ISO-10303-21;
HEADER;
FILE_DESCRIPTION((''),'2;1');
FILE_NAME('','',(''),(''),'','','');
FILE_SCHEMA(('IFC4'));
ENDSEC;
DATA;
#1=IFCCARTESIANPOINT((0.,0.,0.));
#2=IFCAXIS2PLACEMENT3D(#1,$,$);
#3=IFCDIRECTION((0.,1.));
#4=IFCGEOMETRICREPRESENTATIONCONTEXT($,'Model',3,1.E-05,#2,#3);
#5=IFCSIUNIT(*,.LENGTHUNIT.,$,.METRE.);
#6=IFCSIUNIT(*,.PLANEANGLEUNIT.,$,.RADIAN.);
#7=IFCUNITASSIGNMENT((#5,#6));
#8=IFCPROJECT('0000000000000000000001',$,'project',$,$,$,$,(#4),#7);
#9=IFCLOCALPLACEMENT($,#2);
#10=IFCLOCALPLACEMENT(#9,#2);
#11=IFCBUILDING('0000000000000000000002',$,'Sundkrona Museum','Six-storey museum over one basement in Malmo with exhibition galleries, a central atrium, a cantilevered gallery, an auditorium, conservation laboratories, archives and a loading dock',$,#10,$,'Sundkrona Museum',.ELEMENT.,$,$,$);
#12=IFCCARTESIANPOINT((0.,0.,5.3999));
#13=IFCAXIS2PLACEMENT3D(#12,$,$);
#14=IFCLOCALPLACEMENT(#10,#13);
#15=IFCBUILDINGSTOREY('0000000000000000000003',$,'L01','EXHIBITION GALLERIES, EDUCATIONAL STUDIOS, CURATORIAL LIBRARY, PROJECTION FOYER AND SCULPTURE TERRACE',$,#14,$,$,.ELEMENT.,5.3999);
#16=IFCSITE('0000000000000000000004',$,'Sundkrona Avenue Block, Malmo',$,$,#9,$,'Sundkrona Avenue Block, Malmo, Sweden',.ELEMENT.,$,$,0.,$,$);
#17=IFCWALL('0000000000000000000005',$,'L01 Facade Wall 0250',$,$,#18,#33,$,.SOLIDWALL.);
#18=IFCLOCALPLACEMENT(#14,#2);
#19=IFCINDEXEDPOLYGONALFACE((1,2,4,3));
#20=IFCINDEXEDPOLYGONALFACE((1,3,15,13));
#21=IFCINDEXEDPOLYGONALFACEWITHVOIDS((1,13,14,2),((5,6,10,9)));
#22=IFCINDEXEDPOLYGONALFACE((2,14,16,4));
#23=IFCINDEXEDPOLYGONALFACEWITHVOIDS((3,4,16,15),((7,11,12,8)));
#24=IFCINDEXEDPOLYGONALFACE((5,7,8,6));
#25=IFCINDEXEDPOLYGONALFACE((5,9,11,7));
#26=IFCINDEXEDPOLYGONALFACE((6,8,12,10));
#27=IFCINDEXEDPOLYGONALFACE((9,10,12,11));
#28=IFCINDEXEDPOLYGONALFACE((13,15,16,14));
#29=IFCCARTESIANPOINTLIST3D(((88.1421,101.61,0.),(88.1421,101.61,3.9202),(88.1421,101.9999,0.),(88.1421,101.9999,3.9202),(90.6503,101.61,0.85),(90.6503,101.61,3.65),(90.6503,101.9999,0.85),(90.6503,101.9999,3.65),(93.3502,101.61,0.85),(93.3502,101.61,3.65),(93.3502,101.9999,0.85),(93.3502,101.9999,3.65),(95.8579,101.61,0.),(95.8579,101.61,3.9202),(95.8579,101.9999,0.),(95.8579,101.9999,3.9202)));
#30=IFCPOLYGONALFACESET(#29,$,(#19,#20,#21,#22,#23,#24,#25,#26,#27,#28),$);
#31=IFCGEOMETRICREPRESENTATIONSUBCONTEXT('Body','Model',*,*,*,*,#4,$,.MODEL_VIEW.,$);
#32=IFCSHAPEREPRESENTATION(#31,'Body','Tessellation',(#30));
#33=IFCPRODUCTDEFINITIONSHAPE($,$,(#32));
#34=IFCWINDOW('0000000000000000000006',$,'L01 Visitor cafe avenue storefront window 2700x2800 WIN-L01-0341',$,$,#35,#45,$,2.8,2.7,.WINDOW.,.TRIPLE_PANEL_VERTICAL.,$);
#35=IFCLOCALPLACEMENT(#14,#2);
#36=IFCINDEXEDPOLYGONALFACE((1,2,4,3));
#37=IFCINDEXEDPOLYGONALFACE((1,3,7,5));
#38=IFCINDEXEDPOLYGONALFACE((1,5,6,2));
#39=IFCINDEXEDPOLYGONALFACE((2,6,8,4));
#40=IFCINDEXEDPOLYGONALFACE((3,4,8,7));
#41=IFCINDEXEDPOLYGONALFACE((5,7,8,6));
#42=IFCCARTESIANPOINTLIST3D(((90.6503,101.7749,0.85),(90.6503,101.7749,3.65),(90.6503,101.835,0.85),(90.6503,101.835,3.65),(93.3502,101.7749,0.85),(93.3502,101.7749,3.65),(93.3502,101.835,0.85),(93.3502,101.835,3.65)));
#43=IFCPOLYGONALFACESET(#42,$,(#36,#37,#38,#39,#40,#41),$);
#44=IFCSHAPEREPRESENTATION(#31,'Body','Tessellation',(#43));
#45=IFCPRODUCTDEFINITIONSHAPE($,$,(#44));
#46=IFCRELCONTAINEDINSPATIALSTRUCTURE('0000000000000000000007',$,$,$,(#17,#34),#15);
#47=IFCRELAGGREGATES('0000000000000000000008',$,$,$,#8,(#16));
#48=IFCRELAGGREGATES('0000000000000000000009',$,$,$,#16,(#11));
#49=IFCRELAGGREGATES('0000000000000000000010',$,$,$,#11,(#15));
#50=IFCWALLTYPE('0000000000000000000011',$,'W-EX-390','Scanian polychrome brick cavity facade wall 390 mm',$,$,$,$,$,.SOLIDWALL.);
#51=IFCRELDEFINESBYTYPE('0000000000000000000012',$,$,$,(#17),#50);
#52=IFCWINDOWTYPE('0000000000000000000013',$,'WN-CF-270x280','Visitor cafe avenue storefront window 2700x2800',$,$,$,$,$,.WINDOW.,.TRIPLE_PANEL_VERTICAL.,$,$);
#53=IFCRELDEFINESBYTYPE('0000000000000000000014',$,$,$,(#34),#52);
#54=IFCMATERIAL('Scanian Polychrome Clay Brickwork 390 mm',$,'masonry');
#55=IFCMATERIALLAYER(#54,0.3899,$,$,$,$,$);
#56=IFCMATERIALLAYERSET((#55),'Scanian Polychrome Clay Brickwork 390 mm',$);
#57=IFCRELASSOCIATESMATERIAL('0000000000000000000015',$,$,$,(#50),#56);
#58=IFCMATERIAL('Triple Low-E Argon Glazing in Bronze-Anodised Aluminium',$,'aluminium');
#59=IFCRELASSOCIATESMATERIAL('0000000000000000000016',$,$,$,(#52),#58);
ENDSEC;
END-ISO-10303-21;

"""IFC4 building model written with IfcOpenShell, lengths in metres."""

from ifc_helpers import new_model, si_unit, direction, frame, frame_2d, origin, place, context, subcontext, project, spatial, rectangle, extrude, material, layer, layer_set, type_object, element, fill, save


model = new_model("IFC4")

# Units and contexts
model_context = context("Model", 3, precision=1e-05, world=origin(), true_north=direction((0.0, 1.0)))
body_context = subcontext(model_context, "Body", "Model", "MODEL_VIEW")
ifc_project = project(units=[si_unit("LENGTHUNIT", "METRE"), si_unit("PLANEANGLEUNIT", "RADIAN")], contexts=[model_context])

# Site, building, storey
site_placement = place(None, origin())
site = spatial("IfcSite", under=ifc_project, at=site_placement, Name="Sundkrona Avenue Block, Malmo", LongName="Sundkrona Avenue Block, Malmo, Sweden", CompositionType="ELEMENT", RefElevation=0.0)
building_placement = place(site_placement, origin())
building = spatial("IfcBuilding", under=site, at=building_placement, Name="Sundkrona Museum", Description="Six-storey museum over one basement in Malmo with exhibition galleries, a central atrium, a cantilevered gallery, an auditorium, conservation laboratories, archives and a loading dock", LongName="Sundkrona Museum", CompositionType="ELEMENT")
storey_placement = place(building_placement, frame((0.0, 0.0, 5.3999)))
storey = spatial("IfcBuildingStorey", under=building, at=storey_placement, Name="L01", Description="EXHIBITION GALLERIES, EDUCATIONAL STUDIOS, CURATORIAL LIBRARY, PROJECTION FOYER AND SCULPTURE TERRACE", CompositionType="ELEMENT", Elevation=5.3999)

# Wall, opening, window
ifc_material_1 = material(Name="Scanian Polychrome Clay Brickwork 390 mm", Category="masonry")
ifc_layer_1 = layer(ifc_material_1, 0.3899)
ifc_layer_set_1 = layer_set([ifc_layer_1], Name="Scanian Polychrome Clay Brickwork 390 mm")
wall_type = type_object("IfcWallType", Name="W-EX-390", Description="Scanian polychrome brick cavity facade wall 390 mm", PredefinedType="SOLIDWALL", material=ifc_layer_set_1)
wall_placement = place(storey_placement, frame((88.1421, 101.8049, 0.0), z_axis=(0.0, 0.0, 1.0), x_axis=(1.0, 0.0, 0.0)))
wall = element("IfcWall", 1, at=wall_placement, inside=storey, type_object=wall_type, Name="L01 Facade Wall 0250", PredefinedType="SOLIDWALL", context=body_context, shape_type="SweptSolid", body=[
    extrude(rectangle(XDim=7.7158, YDim=0.3899, at=frame_2d((3.8579, 0.0))), origin(), (0.0, 0.0, 1.0), 3.9202),
])
opening_placement = place(wall_placement, frame((2.5081, 0.0, 0.8501)))
opening = element("IfcOpeningElement", 2, at=opening_placement, cuts=wall, PredefinedType="OPENING", context=body_context, shape_type="SweptSolid", body=[
    extrude(rectangle(XDim=2.7, YDim=2.8, at=frame_2d((1.3501, 1.3999))), frame((0.0, 0.2048, 0.0), z_axis=(0.0, -1.0, 0.0), x_axis=(1.0, 0.0, 0.0)), (0.0, 0.0, 1.0), 0.4099),
])
ifc_material_2 = material(Name="Triple Low-E Argon Glazing in Bronze-Anodised Aluminium", Category="aluminium")
window_type = type_object("IfcWindowType", Name="WN-CF-270x280", Description="Visitor cafe avenue storefront window 2700x2800", PartitioningType="TRIPLE_PANEL_VERTICAL", PredefinedType="WINDOW", material=ifc_material_2)
window_placement = place(opening_placement, origin())
window = element("IfcWindow", 3, at=window_placement, inside=storey, type_object=window_type, Name="L01 Visitor cafe avenue storefront window 2700x2800 WIN-L01-0341", OverallHeight=2.8, OverallWidth=2.7, PartitioningType="TRIPLE_PANEL_VERTICAL", PredefinedType="WINDOW", context=body_context, shape_type="SweptSolid", body=[
    extrude(rectangle(XDim=2.7, YDim=2.8, at=frame_2d((1.3501, 1.3999))), frame((0.0, 0.03, 0.0), z_axis=(0.0, -1.0, 0.0), x_axis=(1.0, 0.0, 0.0)), (0.0, 0.0, 1.0), 0.0601),
])
fill(opening, window)

save(model, "model.ifc")
